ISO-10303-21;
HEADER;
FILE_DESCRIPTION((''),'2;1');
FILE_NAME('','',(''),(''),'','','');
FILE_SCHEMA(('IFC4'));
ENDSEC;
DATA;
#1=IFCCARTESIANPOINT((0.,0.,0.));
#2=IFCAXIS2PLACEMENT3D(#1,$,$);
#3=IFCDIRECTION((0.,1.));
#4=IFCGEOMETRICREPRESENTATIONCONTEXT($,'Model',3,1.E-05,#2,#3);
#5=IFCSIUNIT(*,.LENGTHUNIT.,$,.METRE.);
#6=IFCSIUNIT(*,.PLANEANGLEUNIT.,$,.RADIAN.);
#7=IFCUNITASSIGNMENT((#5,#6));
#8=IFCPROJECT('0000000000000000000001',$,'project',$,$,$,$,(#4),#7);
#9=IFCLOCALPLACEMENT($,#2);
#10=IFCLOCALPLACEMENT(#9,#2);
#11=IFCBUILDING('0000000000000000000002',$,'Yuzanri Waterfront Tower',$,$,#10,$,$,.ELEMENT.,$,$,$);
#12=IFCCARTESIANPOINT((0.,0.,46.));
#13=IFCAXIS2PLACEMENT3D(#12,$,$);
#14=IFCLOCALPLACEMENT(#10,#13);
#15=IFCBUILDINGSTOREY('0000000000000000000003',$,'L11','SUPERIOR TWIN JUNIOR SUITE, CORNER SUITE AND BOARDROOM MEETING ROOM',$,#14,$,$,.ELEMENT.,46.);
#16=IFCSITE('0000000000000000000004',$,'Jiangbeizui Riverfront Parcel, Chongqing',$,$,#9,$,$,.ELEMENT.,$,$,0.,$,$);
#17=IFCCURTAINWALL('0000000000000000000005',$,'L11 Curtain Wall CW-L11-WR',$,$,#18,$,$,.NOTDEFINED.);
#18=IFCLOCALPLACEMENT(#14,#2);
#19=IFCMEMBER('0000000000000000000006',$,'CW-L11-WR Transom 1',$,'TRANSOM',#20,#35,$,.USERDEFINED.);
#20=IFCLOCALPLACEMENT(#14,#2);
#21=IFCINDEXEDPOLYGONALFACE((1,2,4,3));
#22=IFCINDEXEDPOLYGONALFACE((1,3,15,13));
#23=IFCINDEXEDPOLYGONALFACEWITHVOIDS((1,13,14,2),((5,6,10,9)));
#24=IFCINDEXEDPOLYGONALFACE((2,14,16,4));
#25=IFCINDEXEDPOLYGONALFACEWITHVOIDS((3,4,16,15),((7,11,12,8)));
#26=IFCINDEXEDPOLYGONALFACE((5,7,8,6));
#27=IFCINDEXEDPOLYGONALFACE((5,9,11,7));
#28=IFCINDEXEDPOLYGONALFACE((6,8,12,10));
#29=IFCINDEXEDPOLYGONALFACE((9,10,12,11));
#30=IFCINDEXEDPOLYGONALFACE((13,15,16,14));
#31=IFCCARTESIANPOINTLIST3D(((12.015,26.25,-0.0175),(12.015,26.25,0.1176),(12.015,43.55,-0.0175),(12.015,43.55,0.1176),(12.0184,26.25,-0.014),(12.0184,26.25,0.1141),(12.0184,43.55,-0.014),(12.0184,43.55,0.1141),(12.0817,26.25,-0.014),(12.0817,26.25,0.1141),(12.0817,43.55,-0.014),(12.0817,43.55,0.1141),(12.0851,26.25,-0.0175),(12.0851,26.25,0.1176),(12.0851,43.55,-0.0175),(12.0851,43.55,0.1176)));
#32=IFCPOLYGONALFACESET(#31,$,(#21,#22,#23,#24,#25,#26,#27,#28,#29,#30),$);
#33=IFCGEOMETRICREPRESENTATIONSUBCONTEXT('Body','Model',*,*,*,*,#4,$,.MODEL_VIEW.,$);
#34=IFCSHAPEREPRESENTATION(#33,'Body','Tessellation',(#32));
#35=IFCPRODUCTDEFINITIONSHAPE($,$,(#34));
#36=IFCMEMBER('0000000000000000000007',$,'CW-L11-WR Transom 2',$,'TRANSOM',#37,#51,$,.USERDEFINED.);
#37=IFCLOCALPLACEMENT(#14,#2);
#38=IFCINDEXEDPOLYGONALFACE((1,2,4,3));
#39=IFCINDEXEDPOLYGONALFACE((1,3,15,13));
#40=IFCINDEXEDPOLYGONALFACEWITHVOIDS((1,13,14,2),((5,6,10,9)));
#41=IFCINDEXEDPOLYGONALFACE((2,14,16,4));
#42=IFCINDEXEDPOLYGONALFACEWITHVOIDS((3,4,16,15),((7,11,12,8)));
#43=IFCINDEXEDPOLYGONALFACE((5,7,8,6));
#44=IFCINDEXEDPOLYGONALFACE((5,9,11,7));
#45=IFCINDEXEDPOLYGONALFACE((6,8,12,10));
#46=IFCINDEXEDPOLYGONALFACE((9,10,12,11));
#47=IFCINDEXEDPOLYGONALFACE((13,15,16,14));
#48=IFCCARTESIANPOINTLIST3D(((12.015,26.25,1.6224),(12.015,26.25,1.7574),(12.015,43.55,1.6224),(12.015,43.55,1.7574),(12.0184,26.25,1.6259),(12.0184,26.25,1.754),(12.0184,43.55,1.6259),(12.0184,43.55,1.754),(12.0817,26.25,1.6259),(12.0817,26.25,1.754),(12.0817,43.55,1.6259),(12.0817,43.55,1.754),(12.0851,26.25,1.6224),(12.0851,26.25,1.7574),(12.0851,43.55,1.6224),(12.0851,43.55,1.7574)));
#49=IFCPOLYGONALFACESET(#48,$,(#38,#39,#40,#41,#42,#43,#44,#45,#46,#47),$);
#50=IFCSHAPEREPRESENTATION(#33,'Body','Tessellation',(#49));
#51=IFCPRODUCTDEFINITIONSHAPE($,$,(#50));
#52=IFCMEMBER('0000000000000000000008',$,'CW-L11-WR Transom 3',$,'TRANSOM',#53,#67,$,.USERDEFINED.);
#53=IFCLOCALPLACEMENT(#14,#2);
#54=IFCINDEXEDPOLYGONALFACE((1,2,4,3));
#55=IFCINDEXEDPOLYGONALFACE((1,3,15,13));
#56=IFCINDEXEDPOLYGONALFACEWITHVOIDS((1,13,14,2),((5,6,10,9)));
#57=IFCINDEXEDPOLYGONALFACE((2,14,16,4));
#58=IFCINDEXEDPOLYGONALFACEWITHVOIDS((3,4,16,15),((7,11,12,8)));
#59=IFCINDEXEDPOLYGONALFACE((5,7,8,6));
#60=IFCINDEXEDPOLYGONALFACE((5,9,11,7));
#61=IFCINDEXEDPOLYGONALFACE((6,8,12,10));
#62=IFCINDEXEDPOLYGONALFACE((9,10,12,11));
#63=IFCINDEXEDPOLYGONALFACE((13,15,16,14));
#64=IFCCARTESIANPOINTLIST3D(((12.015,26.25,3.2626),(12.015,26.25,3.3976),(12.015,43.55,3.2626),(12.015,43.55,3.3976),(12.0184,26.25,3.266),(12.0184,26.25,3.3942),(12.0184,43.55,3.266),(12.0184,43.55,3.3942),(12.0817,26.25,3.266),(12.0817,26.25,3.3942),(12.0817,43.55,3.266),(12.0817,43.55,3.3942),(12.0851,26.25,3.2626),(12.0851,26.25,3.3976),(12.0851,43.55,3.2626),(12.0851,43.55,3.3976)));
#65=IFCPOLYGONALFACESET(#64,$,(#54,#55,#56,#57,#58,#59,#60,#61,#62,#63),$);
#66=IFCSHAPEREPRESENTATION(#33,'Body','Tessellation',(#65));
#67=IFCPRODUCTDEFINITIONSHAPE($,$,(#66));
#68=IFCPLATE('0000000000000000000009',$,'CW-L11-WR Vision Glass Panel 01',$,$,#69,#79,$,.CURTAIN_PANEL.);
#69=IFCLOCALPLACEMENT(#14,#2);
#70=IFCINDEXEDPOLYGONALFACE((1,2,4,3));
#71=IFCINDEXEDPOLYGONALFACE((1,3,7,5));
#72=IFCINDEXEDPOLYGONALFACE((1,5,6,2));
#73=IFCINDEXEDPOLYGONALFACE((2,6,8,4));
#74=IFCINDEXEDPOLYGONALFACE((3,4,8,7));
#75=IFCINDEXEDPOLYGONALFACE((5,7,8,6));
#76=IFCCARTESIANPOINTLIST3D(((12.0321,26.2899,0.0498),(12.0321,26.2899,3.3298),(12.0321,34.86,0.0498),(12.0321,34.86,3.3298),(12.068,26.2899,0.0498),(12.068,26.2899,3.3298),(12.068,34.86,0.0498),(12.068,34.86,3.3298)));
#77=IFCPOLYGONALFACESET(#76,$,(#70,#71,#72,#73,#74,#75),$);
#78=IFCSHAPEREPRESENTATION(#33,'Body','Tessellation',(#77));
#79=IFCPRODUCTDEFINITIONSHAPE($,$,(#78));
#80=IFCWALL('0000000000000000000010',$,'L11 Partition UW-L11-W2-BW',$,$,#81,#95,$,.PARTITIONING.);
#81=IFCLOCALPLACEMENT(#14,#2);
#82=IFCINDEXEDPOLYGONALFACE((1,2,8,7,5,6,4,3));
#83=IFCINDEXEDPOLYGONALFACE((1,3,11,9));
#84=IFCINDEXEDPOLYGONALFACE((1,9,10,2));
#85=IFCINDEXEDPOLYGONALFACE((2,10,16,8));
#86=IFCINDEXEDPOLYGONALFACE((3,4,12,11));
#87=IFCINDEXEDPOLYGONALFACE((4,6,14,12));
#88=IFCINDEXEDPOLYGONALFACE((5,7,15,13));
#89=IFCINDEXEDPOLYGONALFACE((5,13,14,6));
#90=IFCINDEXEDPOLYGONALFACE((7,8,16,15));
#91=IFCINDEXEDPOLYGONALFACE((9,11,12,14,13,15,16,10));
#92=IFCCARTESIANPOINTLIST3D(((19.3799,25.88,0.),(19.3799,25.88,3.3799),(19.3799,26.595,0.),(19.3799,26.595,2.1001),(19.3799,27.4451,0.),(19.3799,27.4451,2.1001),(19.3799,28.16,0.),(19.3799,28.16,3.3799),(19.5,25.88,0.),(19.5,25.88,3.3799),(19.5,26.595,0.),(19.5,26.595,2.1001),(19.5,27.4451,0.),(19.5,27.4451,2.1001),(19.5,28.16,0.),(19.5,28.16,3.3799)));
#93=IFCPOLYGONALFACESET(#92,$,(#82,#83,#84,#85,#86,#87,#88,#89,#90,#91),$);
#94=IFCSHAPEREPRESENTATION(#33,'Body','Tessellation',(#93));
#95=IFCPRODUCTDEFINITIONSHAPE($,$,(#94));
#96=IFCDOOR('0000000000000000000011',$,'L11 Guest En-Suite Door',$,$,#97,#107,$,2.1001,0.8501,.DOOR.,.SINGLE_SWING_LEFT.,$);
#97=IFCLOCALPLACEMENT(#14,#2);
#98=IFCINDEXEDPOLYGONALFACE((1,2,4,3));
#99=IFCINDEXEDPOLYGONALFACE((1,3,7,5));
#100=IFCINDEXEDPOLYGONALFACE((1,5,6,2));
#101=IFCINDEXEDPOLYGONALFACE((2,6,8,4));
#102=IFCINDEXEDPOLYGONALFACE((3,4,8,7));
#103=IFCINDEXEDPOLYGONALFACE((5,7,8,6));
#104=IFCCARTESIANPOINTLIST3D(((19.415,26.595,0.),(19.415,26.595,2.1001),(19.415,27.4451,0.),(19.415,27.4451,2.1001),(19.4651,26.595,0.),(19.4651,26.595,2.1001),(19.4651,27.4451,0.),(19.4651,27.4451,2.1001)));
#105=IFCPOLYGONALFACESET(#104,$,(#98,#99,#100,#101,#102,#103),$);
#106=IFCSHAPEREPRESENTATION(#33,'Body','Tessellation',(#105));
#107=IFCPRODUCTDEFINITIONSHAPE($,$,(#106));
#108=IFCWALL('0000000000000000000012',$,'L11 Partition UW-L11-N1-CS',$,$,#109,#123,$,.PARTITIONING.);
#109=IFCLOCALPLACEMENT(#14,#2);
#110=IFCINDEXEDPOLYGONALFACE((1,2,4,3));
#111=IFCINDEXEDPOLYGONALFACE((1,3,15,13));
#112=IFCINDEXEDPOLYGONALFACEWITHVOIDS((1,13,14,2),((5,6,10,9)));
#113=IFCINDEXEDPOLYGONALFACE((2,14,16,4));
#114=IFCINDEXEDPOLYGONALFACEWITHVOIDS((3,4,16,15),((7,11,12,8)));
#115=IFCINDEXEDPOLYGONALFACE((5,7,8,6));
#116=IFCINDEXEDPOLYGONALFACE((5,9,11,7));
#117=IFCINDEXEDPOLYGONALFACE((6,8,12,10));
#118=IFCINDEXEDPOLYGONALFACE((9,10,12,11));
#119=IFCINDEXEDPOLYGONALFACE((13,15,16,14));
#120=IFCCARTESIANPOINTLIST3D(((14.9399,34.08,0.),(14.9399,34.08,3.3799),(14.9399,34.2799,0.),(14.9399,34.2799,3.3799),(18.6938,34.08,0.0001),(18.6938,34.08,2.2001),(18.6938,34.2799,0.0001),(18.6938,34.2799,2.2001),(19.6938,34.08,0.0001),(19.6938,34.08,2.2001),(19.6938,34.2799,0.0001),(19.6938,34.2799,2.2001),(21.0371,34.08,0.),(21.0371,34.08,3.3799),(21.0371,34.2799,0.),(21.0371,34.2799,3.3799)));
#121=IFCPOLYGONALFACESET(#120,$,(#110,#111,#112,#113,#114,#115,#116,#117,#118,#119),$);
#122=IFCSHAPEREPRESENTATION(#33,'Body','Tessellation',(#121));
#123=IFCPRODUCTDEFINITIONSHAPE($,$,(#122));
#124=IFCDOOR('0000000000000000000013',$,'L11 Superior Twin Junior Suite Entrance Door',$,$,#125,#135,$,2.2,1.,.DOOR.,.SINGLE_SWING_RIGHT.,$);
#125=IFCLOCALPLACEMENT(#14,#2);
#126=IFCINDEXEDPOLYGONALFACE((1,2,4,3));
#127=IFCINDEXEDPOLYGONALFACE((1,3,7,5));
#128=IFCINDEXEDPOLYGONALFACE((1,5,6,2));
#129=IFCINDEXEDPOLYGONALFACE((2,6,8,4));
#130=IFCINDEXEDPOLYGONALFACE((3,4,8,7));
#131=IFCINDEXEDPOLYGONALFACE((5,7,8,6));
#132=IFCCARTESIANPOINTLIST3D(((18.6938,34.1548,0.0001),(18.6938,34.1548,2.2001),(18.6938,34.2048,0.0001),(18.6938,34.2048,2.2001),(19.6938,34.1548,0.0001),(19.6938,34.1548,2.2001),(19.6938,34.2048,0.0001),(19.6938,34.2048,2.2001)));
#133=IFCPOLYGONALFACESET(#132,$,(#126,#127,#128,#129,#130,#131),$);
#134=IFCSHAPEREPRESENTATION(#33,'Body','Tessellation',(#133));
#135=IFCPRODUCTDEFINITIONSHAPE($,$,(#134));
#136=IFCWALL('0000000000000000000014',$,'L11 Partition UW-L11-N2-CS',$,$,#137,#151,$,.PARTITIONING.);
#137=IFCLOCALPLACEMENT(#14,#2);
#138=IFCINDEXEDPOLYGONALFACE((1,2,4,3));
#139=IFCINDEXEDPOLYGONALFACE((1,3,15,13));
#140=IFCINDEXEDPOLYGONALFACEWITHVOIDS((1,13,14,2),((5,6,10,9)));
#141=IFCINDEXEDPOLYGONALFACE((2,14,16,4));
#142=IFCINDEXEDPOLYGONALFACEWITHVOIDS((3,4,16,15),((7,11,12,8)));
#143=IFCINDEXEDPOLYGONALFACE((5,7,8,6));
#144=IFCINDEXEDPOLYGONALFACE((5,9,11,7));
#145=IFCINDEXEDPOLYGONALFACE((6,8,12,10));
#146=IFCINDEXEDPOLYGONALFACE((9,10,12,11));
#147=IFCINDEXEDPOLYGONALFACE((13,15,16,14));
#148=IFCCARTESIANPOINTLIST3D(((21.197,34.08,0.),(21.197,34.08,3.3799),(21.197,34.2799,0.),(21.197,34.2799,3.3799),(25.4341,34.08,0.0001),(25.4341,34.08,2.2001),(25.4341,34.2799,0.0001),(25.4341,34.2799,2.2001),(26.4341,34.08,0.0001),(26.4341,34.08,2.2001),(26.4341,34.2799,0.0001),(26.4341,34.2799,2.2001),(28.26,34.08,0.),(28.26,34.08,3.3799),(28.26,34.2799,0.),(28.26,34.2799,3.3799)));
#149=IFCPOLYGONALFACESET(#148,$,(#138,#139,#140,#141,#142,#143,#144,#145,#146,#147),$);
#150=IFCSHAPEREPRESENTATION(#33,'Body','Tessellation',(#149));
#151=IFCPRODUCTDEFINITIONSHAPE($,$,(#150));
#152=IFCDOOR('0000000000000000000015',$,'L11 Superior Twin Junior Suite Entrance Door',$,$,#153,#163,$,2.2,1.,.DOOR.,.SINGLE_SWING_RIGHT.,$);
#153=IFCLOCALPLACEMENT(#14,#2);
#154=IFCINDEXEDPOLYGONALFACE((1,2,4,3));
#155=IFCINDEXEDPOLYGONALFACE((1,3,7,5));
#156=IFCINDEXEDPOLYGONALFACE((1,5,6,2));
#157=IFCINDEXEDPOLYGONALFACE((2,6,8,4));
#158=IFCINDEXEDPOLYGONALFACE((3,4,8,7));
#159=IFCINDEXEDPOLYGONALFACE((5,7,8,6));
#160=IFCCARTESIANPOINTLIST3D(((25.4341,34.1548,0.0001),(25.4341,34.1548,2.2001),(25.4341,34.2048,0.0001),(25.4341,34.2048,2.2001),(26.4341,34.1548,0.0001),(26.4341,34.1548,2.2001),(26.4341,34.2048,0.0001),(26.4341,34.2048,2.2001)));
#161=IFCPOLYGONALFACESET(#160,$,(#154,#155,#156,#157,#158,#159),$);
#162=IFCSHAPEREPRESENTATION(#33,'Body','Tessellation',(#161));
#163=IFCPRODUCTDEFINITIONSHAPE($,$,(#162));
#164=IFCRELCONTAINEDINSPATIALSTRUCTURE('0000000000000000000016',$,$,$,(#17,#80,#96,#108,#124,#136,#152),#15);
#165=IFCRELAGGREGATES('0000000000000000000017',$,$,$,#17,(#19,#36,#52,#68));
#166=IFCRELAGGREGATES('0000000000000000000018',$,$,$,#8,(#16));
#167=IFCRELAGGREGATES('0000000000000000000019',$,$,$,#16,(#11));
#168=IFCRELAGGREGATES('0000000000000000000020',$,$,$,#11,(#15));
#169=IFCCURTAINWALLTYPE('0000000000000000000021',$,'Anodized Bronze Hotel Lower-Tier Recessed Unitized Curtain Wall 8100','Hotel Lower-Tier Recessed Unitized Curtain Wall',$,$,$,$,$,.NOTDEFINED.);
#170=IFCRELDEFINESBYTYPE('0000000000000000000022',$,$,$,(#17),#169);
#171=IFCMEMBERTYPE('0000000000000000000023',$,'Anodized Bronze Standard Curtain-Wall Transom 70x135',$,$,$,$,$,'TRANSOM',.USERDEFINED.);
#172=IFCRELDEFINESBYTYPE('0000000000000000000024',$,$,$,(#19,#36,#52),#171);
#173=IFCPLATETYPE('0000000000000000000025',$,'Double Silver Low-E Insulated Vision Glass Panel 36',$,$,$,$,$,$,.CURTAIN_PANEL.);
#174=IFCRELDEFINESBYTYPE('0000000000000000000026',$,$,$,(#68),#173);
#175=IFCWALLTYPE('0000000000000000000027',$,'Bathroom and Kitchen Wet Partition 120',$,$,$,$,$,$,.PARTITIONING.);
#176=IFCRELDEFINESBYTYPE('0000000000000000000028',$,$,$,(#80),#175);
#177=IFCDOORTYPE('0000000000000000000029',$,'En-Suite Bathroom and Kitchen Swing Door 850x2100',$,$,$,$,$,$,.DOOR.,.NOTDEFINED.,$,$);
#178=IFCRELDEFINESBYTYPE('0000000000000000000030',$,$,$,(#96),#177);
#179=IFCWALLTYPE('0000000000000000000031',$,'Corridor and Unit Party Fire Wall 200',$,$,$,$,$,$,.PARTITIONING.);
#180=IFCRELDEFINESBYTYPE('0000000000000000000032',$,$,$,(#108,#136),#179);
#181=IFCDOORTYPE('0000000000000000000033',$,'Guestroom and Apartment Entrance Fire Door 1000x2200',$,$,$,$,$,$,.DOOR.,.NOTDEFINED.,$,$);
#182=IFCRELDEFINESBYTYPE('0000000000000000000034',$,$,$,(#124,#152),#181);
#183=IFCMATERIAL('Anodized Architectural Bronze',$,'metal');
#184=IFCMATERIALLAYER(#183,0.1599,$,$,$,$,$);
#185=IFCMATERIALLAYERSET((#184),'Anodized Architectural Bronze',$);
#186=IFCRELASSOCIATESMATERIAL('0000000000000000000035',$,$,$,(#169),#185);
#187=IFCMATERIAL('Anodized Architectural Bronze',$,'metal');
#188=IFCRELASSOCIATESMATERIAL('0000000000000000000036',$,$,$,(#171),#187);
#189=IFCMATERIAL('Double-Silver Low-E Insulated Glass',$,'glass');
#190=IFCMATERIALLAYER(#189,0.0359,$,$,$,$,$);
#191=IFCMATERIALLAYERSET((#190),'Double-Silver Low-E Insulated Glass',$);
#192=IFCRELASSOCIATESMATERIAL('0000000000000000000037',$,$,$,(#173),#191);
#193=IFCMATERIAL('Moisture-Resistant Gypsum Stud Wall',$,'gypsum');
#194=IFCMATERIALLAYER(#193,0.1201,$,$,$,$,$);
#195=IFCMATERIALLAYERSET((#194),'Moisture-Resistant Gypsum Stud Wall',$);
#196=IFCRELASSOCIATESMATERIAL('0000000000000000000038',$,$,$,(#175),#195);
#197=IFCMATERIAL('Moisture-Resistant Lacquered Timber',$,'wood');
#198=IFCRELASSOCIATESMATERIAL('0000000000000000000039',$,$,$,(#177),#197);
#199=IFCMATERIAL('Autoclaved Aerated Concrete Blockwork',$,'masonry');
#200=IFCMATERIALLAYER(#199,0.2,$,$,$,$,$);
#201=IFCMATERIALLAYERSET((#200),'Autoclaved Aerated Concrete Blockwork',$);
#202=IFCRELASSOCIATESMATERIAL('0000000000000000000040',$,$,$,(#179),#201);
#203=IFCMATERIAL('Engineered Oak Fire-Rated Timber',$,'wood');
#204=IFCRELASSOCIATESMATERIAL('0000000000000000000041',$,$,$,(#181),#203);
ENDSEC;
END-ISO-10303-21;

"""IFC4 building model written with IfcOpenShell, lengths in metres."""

from ifc_helpers import new_model, si_unit, direction, frame, frame_2d, origin, origin_2d, place, context, subcontext, project, spatial, rectangle, hollow_rectangle, extrude, source, transform, mapped, material, layer, layer_set, material_profile, profile_set, type_object, element, fill, aggregate, save


model = new_model("IFC4")

# Units and contexts
model_context = context("Model", 3, precision=1e-05, world=origin(), true_north=direction((0.0, 1.0)))
body_context = subcontext(model_context, "Body", "Model", "MODEL_VIEW")
ifc_project = project(units=[si_unit("LENGTHUNIT", "METRE"), si_unit("PLANEANGLEUNIT", "RADIAN")], contexts=[model_context])

# Site, building, storey
site_placement = place(None, origin())
site = spatial("IfcSite", under=ifc_project, at=site_placement, Name="Jiangbeizui Riverfront Parcel, Chongqing", CompositionType="ELEMENT", RefElevation=0.0)
building_placement = place(site_placement, origin())
building = spatial("IfcBuilding", under=site, at=building_placement, Name="Yuzanri Waterfront Tower", CompositionType="ELEMENT")
storey_placement = place(building_placement, frame((0.0, 0.0, 46.0)))
storey = spatial("IfcBuildingStorey", under=building, at=storey_placement, Name="L11", Description="SUPERIOR TWIN JUNIOR SUITE, CORNER SUITE AND BOARDROOM MEETING ROOM", CompositionType="ELEMENT", Elevation=46.0)

# Curtain wall, members, plate
ifc_material_1 = material(Name="Anodized Architectural Bronze", Category="metal")
ifc_layer_1 = layer(ifc_material_1, 0.1599)
ifc_layer_set_1 = layer_set([ifc_layer_1], Name="Anodized Architectural Bronze")
curtain_wall_type = type_object("IfcCurtainWallType", Name="Anodized Bronze Hotel Lower-Tier Recessed Unitized Curtain Wall 8100", Description="Hotel Lower-Tier Recessed Unitized Curtain Wall", PredefinedType="NOTDEFINED", material=ifc_layer_set_1)
curtain_wall_placement = place(storey_placement, origin())
curtain_wall = element("IfcCurtainWall", 1, at=curtain_wall_placement, inside=storey, type_object=curtain_wall_type, Name="L11 Curtain Wall CW-L11-WR", PredefinedType="NOTDEFINED")
ifc_material_2 = material(Name="Anodized Architectural Bronze", Category="metal")
ifc_material_profile_1 = material_profile(ifc_material_2, hollow_rectangle(XDim=0.0701, YDim=0.135, WallThickness=0.0034, at=origin_2d()), Name="CWT 70x135")
ifc_profile_set_1 = profile_set([ifc_material_profile_1], Name="Anodized Architectural Bronze")
member_type_1 = type_object("IfcMemberType", Name="Anodized Bronze Standard Curtain-Wall Transom 70x135", ElementType="TRANSOM", PredefinedType="USERDEFINED", material=ifc_profile_set_1)
shared_shape_1 = source(origin(), body_context, "Body", "SweptSolid", [
    extrude(hollow_rectangle(XDim=0.0701, YDim=0.135, WallThickness=0.0034, at=origin_2d()), origin(), (0.0, 0.0, 1.0), 17.3),
])
member_1_placement = place(storey_placement, frame((12.05, 26.25, 0.05), z_axis=(0.0, 1.0, 0.0), x_axis=(-1.0, 0.0, 0.0)))
member_1 = element("IfcMember", 2, at=member_1_placement, type_object=member_type_1, Name="CW-L11-WR Transom 1", ObjectType="TRANSOM", PredefinedType="USERDEFINED", context=body_context, shape_type="MappedRepresentation", body=[
    mapped(shared_shape_1, transform((0.0, 0.0, 0.0), scale=1.0)),
])
member_2_placement = place(storey_placement, frame((12.05, 26.25, 1.6899), z_axis=(0.0, 1.0, 0.0), x_axis=(-1.0, 0.0, 0.0)))
member_2 = element("IfcMember", 3, at=member_2_placement, type_object=member_type_1, Name="CW-L11-WR Transom 2", ObjectType="TRANSOM", PredefinedType="USERDEFINED", context=body_context, shape_type="MappedRepresentation", body=[
    mapped(shared_shape_1, transform((0.0, 0.0, 0.0), scale=1.0)),
])
member_3_placement = place(storey_placement, frame((12.05, 26.25, 3.3301), z_axis=(0.0, 1.0, 0.0), x_axis=(-1.0, 0.0, 0.0)))
member_3 = element("IfcMember", 4, at=member_3_placement, type_object=member_type_1, Name="CW-L11-WR Transom 3", ObjectType="TRANSOM", PredefinedType="USERDEFINED", context=body_context, shape_type="MappedRepresentation", body=[
    mapped(shared_shape_1, transform((0.0, 0.0, 0.0), scale=1.0)),
])
ifc_material_3 = material(Name="Double-Silver Low-E Insulated Glass", Category="glass")
ifc_layer_2 = layer(ifc_material_3, 0.0359)
ifc_layer_set_2 = layer_set([ifc_layer_2], Name="Double-Silver Low-E Insulated Glass")
plate_type = type_object("IfcPlateType", Name="Double Silver Low-E Insulated Vision Glass Panel 36", PredefinedType="CURTAIN_PANEL", material=ifc_layer_set_2)
shared_shape_2 = source(origin(), body_context, "Body", "SweptSolid", [
    extrude(rectangle(XDim=8.5701, YDim=0.0359, at=origin_2d()), origin(), (0.0, 0.0, 1.0), 3.28),
])
plate_placement = place(storey_placement, frame((12.05, 30.575, 0.0498), z_axis=(0.0, 0.0, 1.0), x_axis=(0.0, 1.0, 0.0)))
plate = element("IfcPlate", 5, at=plate_placement, type_object=plate_type, Name="CW-L11-WR Vision Glass Panel 01", PredefinedType="CURTAIN_PANEL", context=body_context, shape_type="MappedRepresentation", body=[
    mapped(shared_shape_2, transform((0.0, 0.0, 0.0), scale=1.0)),
])
aggregate(curtain_wall, [member_1, member_2, member_3, plate])

# Wall, opening, door
ifc_material_4 = material(Name="Moisture-Resistant Gypsum Stud Wall", Category="gypsum")
ifc_layer_3 = layer(ifc_material_4, 0.1201)
ifc_layer_set_3 = layer_set([ifc_layer_3], Name="Moisture-Resistant Gypsum Stud Wall")
wall_type_1 = type_object("IfcWallType", Name="Bathroom and Kitchen Wet Partition 120", PredefinedType="PARTITIONING", material=ifc_layer_set_3)
wall_1_placement = place(storey_placement, frame((19.4399, 25.8799, 0.0), z_axis=(0.0, 0.0, 1.0), x_axis=(0.0, 1.0, 0.0)))
wall_1 = element("IfcWall", 6, at=wall_1_placement, inside=storey, type_object=wall_type_1, Name="L11 Partition UW-L11-W2-BW", PredefinedType="PARTITIONING", context=body_context, shape_type="SweptSolid", body=[
    extrude(rectangle(XDim=2.28, YDim=0.1201, at=frame_2d((1.1401, 0.0))), origin(), (0.0, 0.0, 1.0), 3.3799),
])
opening_1_placement = place(wall_1_placement, frame((0.7151, 0.0, 0.0)))
opening_1 = element("IfcOpeningElement", 7, at=opening_1_placement, cuts=wall_1, PredefinedType="OPENING", context=body_context, shape_type="SweptSolid", body=[
    extrude(rectangle(XDim=0.8501, YDim=2.1001, at=frame_2d((0.425, 1.05))), frame((0.0, 0.075, 0.0), z_axis=(0.0, -1.0, 0.0), x_axis=(1.0, 0.0, 0.0)), (0.0, 0.0, 1.0), 0.1499),
])
ifc_material_5 = material(Name="Moisture-Resistant Lacquered Timber", Category="wood")
door_type_1 = type_object("IfcDoorType", Name="En-Suite Bathroom and Kitchen Swing Door 850x2100", OperationType="NOTDEFINED", PredefinedType="DOOR", material=ifc_material_5)
shared_shape_3 = source(origin(), body_context, "Body", "SweptSolid", [
    extrude(rectangle(XDim=0.8501, YDim=2.1001, at=frame_2d((0.425, 1.05))), frame((0.0, 0.0249, 0.0), z_axis=(0.0, -1.0, 0.0), x_axis=(1.0, 0.0, 0.0)), (0.0, 0.0, 1.0), 0.05),
])
door_1_placement = place(opening_1_placement, origin())
door_1 = element("IfcDoor", 8, at=door_1_placement, inside=storey, type_object=door_type_1, Name="L11 Guest En-Suite Door", OperationType="SINGLE_SWING_LEFT", OverallHeight=2.1001, OverallWidth=0.8501, PredefinedType="DOOR", context=body_context, shape_type="MappedRepresentation", body=[
    mapped(shared_shape_3, transform((0.0, 0.0, 0.0), scale=1.0)),
])
fill(opening_1, door_1)

# Walls, openings, doors
ifc_material_6 = material(Name="Autoclaved Aerated Concrete Blockwork", Category="masonry")
ifc_layer_4 = layer(ifc_material_6, 0.2)
ifc_layer_set_4 = layer_set([ifc_layer_4], Name="Autoclaved Aerated Concrete Blockwork")
wall_type_2 = type_object("IfcWallType", Name="Corridor and Unit Party Fire Wall 200", PredefinedType="PARTITIONING", material=ifc_layer_set_4)
wall_2_placement = place(storey_placement, frame((14.9399, 34.1799, 0.0), z_axis=(0.0, 0.0, 1.0), x_axis=(1.0, 0.0, 0.0)))
wall_2 = element("IfcWall", 9, at=wall_2_placement, inside=storey, type_object=wall_type_2, Name="L11 Partition UW-L11-N1-CS", PredefinedType="PARTITIONING", context=body_context, shape_type="SweptSolid", body=[
    extrude(rectangle(XDim=6.0972, YDim=0.2, at=frame_2d((3.0486, 0.0))), origin(), (0.0, 0.0, 1.0), 3.3799),
])
opening_2_placement = place(wall_2_placement, frame((3.7539, 0.0, 0.0)))
opening_2 = element("IfcOpeningElement", 10, at=opening_2_placement, cuts=wall_2, PredefinedType="OPENING", context=body_context, shape_type="SweptSolid", body=[
    extrude(rectangle(XDim=1.0, YDim=2.2, at=frame_2d((0.5, 1.1001))), frame((0.0, 0.1147, 0.0), z_axis=(0.0, -1.0, 0.0), x_axis=(1.0, 0.0, 0.0)), (0.0, 0.0, 1.0), 0.2297),
])
ifc_material_7 = material(Name="Engineered Oak Fire-Rated Timber", Category="wood")
door_type_2 = type_object("IfcDoorType", Name="Guestroom and Apartment Entrance Fire Door 1000x2200", OperationType="NOTDEFINED", PredefinedType="DOOR", material=ifc_material_7)
shared_shape_4 = source(origin(), body_context, "Body", "SweptSolid", [
    extrude(rectangle(XDim=1.0, YDim=2.2, at=frame_2d((0.5, 1.1001))), frame((0.0, 0.0249, 0.0), z_axis=(0.0, -1.0, 0.0), x_axis=(1.0, 0.0, 0.0)), (0.0, 0.0, 1.0), 0.05),
])
door_2_placement = place(opening_2_placement, origin())
door_2 = element("IfcDoor", 11, at=door_2_placement, inside=storey, type_object=door_type_2, Name="L11 Superior Twin Junior Suite Entrance Door", OperationType="SINGLE_SWING_RIGHT", OverallHeight=2.2, OverallWidth=1.0, PredefinedType="DOOR", context=body_context, shape_type="MappedRepresentation", body=[
    mapped(shared_shape_4, transform((0.0, 0.0, 0.0), scale=1.0)),
])
fill(opening_2, door_2)
wall_3_placement = place(storey_placement, frame((21.197, 34.1799, 0.0), z_axis=(0.0, 0.0, 1.0), x_axis=(1.0, 0.0, 0.0)))
wall_3 = element("IfcWall", 12, at=wall_3_placement, inside=storey, type_object=wall_type_2, Name="L11 Partition UW-L11-N2-CS", PredefinedType="PARTITIONING", context=body_context, shape_type="SweptSolid", body=[
    extrude(rectangle(XDim=7.063, YDim=0.2, at=frame_2d((3.5315, 0.0))), origin(), (0.0, 0.0, 1.0), 3.3799),
])
opening_3_placement = place(wall_3_placement, frame((4.2371, 0.0, 0.0)))
opening_3 = element("IfcOpeningElement", 13, at=opening_3_placement, cuts=wall_3, PredefinedType="OPENING", context=body_context, shape_type="SweptSolid", body=[
    extrude(rectangle(XDim=1.0, YDim=2.2, at=frame_2d((0.5, 1.1001))), frame((0.0, 0.1147, 0.0), z_axis=(0.0, -1.0, 0.0), x_axis=(1.0, 0.0, 0.0)), (0.0, 0.0, 1.0), 0.2297),
])
door_3_placement = place(opening_3_placement, origin())
door_3 = element("IfcDoor", 14, at=door_3_placement, inside=storey, type_object=door_type_2, Name="L11 Superior Twin Junior Suite Entrance Door", OperationType="SINGLE_SWING_RIGHT", OverallHeight=2.2, OverallWidth=1.0, PredefinedType="DOOR", context=body_context, shape_type="MappedRepresentation", body=[
    mapped(shared_shape_4, transform((0.0, 0.0, 0.0), scale=1.0)),
])
fill(opening_3, door_3)

save(model, "model.ifc")
